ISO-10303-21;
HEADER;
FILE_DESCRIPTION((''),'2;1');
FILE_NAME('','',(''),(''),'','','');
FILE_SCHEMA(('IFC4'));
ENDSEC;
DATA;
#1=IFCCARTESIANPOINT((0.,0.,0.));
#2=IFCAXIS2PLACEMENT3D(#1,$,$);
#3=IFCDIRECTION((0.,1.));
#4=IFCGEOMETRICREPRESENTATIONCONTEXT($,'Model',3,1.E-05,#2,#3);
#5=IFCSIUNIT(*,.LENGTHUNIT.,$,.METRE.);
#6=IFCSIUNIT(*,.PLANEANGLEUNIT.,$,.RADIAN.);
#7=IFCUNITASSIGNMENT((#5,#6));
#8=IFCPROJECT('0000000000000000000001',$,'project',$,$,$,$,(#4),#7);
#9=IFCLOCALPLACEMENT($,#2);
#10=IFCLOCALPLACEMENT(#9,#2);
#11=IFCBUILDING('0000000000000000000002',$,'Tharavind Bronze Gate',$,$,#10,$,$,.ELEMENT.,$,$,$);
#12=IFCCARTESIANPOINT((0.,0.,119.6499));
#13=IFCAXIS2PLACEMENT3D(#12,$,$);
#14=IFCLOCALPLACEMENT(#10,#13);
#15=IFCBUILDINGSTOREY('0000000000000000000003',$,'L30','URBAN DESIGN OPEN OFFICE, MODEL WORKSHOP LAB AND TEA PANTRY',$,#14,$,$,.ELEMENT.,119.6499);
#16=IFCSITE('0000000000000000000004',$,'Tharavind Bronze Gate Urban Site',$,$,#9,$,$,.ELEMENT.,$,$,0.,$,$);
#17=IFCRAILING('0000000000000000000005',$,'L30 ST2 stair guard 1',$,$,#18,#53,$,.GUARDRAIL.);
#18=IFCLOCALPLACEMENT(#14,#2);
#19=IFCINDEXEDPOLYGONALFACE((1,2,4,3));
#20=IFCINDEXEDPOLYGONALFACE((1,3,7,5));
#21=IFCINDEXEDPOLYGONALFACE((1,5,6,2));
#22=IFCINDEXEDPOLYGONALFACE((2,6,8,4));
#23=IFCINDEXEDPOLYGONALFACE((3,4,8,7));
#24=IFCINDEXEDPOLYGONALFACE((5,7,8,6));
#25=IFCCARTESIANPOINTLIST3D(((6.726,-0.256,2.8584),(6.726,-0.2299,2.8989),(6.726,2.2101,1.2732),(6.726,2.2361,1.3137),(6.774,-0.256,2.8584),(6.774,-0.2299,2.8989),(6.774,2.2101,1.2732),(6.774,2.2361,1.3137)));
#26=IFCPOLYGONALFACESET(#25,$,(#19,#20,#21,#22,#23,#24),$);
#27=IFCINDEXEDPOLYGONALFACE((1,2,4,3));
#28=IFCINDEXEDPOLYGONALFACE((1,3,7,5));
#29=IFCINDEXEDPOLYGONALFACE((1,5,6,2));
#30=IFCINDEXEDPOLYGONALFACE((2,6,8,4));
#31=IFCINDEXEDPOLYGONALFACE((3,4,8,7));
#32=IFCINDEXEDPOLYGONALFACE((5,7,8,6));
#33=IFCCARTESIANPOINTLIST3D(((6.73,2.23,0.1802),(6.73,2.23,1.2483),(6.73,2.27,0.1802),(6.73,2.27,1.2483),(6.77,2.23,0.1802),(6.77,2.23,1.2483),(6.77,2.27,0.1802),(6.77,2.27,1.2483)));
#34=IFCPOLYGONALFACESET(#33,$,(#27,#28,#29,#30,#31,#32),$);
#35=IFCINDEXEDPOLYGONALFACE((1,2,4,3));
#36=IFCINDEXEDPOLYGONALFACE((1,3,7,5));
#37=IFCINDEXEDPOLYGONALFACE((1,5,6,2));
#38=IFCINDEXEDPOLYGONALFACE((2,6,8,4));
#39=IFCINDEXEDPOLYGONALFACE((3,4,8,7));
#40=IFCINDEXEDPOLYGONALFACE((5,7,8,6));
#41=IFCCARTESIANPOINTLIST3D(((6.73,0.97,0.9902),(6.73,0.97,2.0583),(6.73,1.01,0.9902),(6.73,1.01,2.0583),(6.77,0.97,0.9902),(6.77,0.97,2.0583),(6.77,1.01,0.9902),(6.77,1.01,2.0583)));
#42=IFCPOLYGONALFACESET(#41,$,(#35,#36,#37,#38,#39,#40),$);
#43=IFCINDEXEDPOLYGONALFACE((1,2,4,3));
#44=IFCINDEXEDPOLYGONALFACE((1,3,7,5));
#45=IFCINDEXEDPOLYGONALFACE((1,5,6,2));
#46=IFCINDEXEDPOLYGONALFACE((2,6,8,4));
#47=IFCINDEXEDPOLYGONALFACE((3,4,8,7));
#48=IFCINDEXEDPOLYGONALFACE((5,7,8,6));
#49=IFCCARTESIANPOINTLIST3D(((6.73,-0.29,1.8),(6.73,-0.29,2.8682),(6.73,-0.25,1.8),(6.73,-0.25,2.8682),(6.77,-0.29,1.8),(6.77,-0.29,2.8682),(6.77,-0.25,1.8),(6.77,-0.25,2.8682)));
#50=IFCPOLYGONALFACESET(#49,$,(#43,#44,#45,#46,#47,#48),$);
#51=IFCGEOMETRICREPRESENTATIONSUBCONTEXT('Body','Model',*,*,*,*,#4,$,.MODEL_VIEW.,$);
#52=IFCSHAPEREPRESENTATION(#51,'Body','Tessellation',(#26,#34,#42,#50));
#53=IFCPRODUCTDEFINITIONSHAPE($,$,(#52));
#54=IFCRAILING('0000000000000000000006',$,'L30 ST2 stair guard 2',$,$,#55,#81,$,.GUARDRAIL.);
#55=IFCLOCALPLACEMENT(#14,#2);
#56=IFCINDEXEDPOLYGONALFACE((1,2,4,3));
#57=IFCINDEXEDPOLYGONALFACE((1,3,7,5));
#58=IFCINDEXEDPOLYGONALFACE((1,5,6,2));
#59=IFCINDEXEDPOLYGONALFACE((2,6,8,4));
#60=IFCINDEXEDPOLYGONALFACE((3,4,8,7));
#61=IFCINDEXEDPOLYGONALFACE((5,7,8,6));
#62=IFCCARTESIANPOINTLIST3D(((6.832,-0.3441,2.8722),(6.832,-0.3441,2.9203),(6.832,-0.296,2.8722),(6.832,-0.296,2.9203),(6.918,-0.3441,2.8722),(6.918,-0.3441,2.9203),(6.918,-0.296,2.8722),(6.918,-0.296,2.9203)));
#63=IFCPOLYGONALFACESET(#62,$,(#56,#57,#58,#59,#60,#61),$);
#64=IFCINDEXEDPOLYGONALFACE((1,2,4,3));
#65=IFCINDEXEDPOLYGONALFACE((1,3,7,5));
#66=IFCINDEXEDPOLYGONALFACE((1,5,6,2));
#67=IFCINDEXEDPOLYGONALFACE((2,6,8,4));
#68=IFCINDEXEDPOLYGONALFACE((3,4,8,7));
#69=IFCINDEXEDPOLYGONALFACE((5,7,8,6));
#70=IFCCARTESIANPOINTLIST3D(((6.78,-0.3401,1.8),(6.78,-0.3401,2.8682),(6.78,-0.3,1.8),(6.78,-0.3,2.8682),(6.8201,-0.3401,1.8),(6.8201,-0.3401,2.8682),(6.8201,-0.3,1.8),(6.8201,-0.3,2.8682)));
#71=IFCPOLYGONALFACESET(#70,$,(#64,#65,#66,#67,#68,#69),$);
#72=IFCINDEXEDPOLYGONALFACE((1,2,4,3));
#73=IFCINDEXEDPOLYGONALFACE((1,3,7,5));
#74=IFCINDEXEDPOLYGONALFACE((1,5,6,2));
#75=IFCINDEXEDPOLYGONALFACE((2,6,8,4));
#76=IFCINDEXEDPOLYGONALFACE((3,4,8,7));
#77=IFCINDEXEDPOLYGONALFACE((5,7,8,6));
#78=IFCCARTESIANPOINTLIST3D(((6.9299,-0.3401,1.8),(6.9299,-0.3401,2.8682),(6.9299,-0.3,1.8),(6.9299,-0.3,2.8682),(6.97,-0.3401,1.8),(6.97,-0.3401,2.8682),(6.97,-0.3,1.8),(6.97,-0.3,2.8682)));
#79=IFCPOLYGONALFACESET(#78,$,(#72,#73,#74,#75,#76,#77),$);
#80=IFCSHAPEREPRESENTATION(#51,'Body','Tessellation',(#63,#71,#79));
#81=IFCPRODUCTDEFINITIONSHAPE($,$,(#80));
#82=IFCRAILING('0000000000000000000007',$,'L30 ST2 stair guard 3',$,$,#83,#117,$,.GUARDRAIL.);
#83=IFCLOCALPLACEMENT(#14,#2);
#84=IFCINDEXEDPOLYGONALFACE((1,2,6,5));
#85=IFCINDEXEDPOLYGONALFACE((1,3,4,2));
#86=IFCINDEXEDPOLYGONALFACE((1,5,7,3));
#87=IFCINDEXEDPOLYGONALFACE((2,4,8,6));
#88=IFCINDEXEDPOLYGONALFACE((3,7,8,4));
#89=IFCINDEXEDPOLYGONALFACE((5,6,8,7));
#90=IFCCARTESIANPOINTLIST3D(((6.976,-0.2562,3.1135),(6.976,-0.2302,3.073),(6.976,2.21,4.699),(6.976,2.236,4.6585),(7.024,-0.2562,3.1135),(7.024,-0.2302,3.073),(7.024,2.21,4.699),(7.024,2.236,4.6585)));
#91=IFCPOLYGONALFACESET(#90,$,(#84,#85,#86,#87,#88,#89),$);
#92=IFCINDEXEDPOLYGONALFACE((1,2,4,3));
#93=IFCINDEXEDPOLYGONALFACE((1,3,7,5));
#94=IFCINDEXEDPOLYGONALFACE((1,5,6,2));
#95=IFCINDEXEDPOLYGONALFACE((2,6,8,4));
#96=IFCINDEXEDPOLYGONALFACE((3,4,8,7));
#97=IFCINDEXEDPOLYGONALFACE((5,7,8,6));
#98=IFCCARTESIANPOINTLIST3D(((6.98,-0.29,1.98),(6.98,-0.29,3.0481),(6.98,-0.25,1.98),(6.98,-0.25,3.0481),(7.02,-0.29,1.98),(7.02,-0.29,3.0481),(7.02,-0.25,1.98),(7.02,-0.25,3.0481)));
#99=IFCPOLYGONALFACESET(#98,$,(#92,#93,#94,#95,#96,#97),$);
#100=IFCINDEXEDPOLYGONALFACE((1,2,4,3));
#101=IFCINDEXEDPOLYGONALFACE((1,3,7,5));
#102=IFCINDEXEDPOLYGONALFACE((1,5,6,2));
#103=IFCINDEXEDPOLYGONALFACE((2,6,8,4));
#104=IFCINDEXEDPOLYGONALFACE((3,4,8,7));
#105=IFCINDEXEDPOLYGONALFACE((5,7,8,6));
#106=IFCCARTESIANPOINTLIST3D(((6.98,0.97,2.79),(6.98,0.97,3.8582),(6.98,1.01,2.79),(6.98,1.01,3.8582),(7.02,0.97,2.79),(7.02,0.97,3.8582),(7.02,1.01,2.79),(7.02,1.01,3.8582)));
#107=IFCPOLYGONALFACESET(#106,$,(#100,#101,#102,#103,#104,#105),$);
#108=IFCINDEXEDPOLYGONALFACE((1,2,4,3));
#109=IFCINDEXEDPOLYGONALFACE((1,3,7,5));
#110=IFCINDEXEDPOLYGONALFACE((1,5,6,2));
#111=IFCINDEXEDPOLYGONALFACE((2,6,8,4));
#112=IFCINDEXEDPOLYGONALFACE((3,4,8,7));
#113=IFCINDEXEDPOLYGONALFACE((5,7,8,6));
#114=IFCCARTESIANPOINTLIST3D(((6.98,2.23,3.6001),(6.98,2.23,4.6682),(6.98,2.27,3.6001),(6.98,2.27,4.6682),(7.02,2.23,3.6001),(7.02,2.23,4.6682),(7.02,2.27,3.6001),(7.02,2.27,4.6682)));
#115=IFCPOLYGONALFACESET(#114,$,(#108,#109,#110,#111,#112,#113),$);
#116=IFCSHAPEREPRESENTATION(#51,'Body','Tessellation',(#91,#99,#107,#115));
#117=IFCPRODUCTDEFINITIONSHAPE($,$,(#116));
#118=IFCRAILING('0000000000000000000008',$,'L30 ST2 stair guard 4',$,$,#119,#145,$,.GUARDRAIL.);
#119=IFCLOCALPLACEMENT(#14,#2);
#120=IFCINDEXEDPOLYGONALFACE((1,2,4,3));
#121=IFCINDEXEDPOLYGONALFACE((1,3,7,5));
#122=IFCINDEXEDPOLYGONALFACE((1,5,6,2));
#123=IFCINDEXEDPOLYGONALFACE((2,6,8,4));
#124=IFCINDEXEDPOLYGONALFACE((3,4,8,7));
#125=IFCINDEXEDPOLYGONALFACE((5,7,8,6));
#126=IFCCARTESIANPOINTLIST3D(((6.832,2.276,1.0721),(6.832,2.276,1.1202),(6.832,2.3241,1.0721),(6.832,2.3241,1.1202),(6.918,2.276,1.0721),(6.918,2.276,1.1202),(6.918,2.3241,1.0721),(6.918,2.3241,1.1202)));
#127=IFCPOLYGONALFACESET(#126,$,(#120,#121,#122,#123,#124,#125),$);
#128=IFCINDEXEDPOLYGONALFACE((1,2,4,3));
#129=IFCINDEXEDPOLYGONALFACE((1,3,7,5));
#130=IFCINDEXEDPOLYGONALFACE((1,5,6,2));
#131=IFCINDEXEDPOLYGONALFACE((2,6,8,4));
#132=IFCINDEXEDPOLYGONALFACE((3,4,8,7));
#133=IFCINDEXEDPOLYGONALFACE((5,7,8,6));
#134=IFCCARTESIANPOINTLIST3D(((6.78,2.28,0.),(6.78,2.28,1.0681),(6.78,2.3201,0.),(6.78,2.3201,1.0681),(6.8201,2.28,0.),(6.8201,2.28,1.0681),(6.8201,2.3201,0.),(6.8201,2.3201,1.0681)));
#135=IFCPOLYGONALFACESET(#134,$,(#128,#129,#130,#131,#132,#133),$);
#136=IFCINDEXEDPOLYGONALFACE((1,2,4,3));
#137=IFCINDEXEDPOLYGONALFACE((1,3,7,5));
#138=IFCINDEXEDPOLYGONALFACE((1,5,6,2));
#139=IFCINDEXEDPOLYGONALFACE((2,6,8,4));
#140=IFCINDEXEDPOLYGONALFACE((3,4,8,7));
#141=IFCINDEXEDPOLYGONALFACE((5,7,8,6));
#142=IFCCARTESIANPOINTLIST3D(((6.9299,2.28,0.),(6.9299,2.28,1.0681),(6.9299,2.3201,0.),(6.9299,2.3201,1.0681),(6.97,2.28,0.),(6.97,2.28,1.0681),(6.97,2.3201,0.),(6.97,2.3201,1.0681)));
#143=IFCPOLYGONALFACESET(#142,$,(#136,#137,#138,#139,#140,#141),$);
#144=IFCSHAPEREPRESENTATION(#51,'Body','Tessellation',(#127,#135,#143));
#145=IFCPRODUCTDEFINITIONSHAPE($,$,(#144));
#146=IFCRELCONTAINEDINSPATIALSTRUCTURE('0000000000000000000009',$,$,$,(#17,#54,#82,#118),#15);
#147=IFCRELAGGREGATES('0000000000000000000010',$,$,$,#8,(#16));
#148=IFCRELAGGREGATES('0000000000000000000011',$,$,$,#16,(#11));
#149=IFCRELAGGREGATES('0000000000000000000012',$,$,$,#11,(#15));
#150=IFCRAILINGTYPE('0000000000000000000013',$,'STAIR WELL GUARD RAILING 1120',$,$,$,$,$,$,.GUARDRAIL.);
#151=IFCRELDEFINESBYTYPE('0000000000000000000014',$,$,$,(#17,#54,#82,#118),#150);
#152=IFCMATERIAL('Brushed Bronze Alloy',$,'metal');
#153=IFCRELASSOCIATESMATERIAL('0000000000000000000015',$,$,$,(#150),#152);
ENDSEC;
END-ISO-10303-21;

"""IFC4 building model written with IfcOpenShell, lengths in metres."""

from ifc_helpers import new_model, si_unit, direction, frame, origin, origin_2d, place, context, subcontext, project, spatial, rectangle, extrude, material, type_object, element, save


model = new_model("IFC4")

# Units and contexts
model_context = context("Model", 3, precision=1e-05, world=origin(), true_north=direction((0.0, 1.0)))
body_context = subcontext(model_context, "Body", "Model", "MODEL_VIEW")
ifc_project = project(units=[si_unit("LENGTHUNIT", "METRE"), si_unit("PLANEANGLEUNIT", "RADIAN")], contexts=[model_context])

# Site, building, storey
site_placement = place(None, origin())
site = spatial("IfcSite", under=ifc_project, at=site_placement, Name="Tharavind Bronze Gate Urban Site", CompositionType="ELEMENT", RefElevation=0.0)
building_placement = place(site_placement, origin())
building = spatial("IfcBuilding", under=site, at=building_placement, Name="Tharavind Bronze Gate", CompositionType="ELEMENT")
storey_placement = place(building_placement, frame((0.0, 0.0, 119.6499)))
storey = spatial("IfcBuildingStorey", under=building, at=storey_placement, Name="L30", Description="URBAN DESIGN OPEN OFFICE, MODEL WORKSHOP LAB AND TEA PANTRY", CompositionType="ELEMENT", Elevation=119.6499)

# Railings
ifc_material_1 = material(Name="Brushed Bronze Alloy", Category="metal")
railing_type_1 = type_object("IfcRailingType", Name="STAIR WELL GUARD RAILING 1120", PredefinedType="GUARDRAIL", material=ifc_material_1)
railing_1_placement = place(storey_placement, frame((6.75, 2.25, 0.1802)))
element("IfcRailing", 1, at=railing_1_placement, inside=storey, type_object=railing_type_1, Name="L30 ST2 stair guard 1", PredefinedType="GUARDRAIL", context=body_context, shape_type="SweptSolid", body=[
    extrude(rectangle(XDim=0.0481, YDim=0.0481, at=origin_2d()), frame((0.0, -0.0269, 1.1133), z_axis=(0.0, -0.8412, 0.540725), x_axis=(1.0, 0.0, 0.0)), (0.0, 0.0, 1.0), 2.9316),
    extrude(rectangle(XDim=0.04, YDim=0.04, at=origin_2d()), origin(), (0.0, 0.0, 1.0), 1.0681),
    extrude(rectangle(XDim=0.04, YDim=0.04, at=origin_2d()), frame((0.0, -1.26, 0.8101)), (0.0, 0.0, 1.0), 1.0681),
    extrude(rectangle(XDim=0.04, YDim=0.04, at=origin_2d()), frame((0.0, -2.52, 1.6199)), (0.0, 0.0, 1.0), 1.0681),
])
railing_2_placement = place(storey_placement, frame((6.8, -0.3201, 1.8)))
element("IfcRailing", 2, at=railing_2_placement, inside=storey, type_object=railing_type_1, Name="L30 ST2 stair guard 2", PredefinedType="GUARDRAIL", context=body_context, shape_type="SweptSolid", body=[
    extrude(rectangle(XDim=0.0481, YDim=0.0481, at=origin_2d()), frame((0.032, 0.0, 1.0962), z_axis=(1.0, 0.0, 0.0), x_axis=(0.0, 1.0, 0.0)), (0.0, 0.0, 1.0), 0.0859),
    extrude(rectangle(XDim=0.04, YDim=0.04, at=origin_2d()), origin(), (0.0, 0.0, 1.0), 1.0681),
    extrude(rectangle(XDim=0.04, YDim=0.04, at=origin_2d()), frame((0.1499, 0.0, 0.0)), (0.0, 0.0, 1.0), 1.0681),
])
railing_3_placement = place(storey_placement, frame((7.0, -0.27, 1.98)))
element("IfcRailing", 3, at=railing_3_placement, inside=storey, type_object=railing_type_1, Name="L30 ST2 stair guard 3", PredefinedType="GUARDRAIL", context=body_context, shape_type="SweptSolid", body=[
    extrude(rectangle(XDim=0.0481, YDim=0.0481, at=origin_2d()), frame((0.0, 0.0269, 1.1133), z_axis=(0.0, 0.841163, 0.540782), x_axis=(-1.0, 0.0, 0.0)), (0.0, 0.0, 1.0), 2.9319),
    extrude(rectangle(XDim=0.04, YDim=0.04, at=origin_2d()), origin(), (0.0, 0.0, 1.0), 1.0681),
    extrude(rectangle(XDim=0.04, YDim=0.04, at=origin_2d()), frame((0.0, 1.26, 0.8101)), (0.0, 0.0, 1.0), 1.0681),
    extrude(rectangle(XDim=0.04, YDim=0.04, at=origin_2d()), frame((0.0, 2.52, 1.6201)), (0.0, 0.0, 1.0), 1.0681),
])
railing_4_placement = place(storey_placement, frame((6.8, 2.3, 0.0)))
element("IfcRailing", 4, at=railing_4_placement, inside=storey, type_object=railing_type_1, Name="L30 ST2 stair guard 4", PredefinedType="GUARDRAIL", context=body_context, shape_type="SweptSolid", body=[
    extrude(rectangle(XDim=0.0481, YDim=0.0481, at=origin_2d()), frame((0.032, 0.0, 1.0962), z_axis=(1.0, 0.0, 0.0), x_axis=(0.0, 1.0, 0.0)), (0.0, 0.0, 1.0), 0.0859),
    extrude(rectangle(XDim=0.04, YDim=0.04, at=origin_2d()), origin(), (0.0, 0.0, 1.0), 1.0681),
    extrude(rectangle(XDim=0.04, YDim=0.04, at=origin_2d()), frame((0.1499, 0.0, 0.0)), (0.0, 0.0, 1.0), 1.0681),
])

save(model, "model.ifc")
